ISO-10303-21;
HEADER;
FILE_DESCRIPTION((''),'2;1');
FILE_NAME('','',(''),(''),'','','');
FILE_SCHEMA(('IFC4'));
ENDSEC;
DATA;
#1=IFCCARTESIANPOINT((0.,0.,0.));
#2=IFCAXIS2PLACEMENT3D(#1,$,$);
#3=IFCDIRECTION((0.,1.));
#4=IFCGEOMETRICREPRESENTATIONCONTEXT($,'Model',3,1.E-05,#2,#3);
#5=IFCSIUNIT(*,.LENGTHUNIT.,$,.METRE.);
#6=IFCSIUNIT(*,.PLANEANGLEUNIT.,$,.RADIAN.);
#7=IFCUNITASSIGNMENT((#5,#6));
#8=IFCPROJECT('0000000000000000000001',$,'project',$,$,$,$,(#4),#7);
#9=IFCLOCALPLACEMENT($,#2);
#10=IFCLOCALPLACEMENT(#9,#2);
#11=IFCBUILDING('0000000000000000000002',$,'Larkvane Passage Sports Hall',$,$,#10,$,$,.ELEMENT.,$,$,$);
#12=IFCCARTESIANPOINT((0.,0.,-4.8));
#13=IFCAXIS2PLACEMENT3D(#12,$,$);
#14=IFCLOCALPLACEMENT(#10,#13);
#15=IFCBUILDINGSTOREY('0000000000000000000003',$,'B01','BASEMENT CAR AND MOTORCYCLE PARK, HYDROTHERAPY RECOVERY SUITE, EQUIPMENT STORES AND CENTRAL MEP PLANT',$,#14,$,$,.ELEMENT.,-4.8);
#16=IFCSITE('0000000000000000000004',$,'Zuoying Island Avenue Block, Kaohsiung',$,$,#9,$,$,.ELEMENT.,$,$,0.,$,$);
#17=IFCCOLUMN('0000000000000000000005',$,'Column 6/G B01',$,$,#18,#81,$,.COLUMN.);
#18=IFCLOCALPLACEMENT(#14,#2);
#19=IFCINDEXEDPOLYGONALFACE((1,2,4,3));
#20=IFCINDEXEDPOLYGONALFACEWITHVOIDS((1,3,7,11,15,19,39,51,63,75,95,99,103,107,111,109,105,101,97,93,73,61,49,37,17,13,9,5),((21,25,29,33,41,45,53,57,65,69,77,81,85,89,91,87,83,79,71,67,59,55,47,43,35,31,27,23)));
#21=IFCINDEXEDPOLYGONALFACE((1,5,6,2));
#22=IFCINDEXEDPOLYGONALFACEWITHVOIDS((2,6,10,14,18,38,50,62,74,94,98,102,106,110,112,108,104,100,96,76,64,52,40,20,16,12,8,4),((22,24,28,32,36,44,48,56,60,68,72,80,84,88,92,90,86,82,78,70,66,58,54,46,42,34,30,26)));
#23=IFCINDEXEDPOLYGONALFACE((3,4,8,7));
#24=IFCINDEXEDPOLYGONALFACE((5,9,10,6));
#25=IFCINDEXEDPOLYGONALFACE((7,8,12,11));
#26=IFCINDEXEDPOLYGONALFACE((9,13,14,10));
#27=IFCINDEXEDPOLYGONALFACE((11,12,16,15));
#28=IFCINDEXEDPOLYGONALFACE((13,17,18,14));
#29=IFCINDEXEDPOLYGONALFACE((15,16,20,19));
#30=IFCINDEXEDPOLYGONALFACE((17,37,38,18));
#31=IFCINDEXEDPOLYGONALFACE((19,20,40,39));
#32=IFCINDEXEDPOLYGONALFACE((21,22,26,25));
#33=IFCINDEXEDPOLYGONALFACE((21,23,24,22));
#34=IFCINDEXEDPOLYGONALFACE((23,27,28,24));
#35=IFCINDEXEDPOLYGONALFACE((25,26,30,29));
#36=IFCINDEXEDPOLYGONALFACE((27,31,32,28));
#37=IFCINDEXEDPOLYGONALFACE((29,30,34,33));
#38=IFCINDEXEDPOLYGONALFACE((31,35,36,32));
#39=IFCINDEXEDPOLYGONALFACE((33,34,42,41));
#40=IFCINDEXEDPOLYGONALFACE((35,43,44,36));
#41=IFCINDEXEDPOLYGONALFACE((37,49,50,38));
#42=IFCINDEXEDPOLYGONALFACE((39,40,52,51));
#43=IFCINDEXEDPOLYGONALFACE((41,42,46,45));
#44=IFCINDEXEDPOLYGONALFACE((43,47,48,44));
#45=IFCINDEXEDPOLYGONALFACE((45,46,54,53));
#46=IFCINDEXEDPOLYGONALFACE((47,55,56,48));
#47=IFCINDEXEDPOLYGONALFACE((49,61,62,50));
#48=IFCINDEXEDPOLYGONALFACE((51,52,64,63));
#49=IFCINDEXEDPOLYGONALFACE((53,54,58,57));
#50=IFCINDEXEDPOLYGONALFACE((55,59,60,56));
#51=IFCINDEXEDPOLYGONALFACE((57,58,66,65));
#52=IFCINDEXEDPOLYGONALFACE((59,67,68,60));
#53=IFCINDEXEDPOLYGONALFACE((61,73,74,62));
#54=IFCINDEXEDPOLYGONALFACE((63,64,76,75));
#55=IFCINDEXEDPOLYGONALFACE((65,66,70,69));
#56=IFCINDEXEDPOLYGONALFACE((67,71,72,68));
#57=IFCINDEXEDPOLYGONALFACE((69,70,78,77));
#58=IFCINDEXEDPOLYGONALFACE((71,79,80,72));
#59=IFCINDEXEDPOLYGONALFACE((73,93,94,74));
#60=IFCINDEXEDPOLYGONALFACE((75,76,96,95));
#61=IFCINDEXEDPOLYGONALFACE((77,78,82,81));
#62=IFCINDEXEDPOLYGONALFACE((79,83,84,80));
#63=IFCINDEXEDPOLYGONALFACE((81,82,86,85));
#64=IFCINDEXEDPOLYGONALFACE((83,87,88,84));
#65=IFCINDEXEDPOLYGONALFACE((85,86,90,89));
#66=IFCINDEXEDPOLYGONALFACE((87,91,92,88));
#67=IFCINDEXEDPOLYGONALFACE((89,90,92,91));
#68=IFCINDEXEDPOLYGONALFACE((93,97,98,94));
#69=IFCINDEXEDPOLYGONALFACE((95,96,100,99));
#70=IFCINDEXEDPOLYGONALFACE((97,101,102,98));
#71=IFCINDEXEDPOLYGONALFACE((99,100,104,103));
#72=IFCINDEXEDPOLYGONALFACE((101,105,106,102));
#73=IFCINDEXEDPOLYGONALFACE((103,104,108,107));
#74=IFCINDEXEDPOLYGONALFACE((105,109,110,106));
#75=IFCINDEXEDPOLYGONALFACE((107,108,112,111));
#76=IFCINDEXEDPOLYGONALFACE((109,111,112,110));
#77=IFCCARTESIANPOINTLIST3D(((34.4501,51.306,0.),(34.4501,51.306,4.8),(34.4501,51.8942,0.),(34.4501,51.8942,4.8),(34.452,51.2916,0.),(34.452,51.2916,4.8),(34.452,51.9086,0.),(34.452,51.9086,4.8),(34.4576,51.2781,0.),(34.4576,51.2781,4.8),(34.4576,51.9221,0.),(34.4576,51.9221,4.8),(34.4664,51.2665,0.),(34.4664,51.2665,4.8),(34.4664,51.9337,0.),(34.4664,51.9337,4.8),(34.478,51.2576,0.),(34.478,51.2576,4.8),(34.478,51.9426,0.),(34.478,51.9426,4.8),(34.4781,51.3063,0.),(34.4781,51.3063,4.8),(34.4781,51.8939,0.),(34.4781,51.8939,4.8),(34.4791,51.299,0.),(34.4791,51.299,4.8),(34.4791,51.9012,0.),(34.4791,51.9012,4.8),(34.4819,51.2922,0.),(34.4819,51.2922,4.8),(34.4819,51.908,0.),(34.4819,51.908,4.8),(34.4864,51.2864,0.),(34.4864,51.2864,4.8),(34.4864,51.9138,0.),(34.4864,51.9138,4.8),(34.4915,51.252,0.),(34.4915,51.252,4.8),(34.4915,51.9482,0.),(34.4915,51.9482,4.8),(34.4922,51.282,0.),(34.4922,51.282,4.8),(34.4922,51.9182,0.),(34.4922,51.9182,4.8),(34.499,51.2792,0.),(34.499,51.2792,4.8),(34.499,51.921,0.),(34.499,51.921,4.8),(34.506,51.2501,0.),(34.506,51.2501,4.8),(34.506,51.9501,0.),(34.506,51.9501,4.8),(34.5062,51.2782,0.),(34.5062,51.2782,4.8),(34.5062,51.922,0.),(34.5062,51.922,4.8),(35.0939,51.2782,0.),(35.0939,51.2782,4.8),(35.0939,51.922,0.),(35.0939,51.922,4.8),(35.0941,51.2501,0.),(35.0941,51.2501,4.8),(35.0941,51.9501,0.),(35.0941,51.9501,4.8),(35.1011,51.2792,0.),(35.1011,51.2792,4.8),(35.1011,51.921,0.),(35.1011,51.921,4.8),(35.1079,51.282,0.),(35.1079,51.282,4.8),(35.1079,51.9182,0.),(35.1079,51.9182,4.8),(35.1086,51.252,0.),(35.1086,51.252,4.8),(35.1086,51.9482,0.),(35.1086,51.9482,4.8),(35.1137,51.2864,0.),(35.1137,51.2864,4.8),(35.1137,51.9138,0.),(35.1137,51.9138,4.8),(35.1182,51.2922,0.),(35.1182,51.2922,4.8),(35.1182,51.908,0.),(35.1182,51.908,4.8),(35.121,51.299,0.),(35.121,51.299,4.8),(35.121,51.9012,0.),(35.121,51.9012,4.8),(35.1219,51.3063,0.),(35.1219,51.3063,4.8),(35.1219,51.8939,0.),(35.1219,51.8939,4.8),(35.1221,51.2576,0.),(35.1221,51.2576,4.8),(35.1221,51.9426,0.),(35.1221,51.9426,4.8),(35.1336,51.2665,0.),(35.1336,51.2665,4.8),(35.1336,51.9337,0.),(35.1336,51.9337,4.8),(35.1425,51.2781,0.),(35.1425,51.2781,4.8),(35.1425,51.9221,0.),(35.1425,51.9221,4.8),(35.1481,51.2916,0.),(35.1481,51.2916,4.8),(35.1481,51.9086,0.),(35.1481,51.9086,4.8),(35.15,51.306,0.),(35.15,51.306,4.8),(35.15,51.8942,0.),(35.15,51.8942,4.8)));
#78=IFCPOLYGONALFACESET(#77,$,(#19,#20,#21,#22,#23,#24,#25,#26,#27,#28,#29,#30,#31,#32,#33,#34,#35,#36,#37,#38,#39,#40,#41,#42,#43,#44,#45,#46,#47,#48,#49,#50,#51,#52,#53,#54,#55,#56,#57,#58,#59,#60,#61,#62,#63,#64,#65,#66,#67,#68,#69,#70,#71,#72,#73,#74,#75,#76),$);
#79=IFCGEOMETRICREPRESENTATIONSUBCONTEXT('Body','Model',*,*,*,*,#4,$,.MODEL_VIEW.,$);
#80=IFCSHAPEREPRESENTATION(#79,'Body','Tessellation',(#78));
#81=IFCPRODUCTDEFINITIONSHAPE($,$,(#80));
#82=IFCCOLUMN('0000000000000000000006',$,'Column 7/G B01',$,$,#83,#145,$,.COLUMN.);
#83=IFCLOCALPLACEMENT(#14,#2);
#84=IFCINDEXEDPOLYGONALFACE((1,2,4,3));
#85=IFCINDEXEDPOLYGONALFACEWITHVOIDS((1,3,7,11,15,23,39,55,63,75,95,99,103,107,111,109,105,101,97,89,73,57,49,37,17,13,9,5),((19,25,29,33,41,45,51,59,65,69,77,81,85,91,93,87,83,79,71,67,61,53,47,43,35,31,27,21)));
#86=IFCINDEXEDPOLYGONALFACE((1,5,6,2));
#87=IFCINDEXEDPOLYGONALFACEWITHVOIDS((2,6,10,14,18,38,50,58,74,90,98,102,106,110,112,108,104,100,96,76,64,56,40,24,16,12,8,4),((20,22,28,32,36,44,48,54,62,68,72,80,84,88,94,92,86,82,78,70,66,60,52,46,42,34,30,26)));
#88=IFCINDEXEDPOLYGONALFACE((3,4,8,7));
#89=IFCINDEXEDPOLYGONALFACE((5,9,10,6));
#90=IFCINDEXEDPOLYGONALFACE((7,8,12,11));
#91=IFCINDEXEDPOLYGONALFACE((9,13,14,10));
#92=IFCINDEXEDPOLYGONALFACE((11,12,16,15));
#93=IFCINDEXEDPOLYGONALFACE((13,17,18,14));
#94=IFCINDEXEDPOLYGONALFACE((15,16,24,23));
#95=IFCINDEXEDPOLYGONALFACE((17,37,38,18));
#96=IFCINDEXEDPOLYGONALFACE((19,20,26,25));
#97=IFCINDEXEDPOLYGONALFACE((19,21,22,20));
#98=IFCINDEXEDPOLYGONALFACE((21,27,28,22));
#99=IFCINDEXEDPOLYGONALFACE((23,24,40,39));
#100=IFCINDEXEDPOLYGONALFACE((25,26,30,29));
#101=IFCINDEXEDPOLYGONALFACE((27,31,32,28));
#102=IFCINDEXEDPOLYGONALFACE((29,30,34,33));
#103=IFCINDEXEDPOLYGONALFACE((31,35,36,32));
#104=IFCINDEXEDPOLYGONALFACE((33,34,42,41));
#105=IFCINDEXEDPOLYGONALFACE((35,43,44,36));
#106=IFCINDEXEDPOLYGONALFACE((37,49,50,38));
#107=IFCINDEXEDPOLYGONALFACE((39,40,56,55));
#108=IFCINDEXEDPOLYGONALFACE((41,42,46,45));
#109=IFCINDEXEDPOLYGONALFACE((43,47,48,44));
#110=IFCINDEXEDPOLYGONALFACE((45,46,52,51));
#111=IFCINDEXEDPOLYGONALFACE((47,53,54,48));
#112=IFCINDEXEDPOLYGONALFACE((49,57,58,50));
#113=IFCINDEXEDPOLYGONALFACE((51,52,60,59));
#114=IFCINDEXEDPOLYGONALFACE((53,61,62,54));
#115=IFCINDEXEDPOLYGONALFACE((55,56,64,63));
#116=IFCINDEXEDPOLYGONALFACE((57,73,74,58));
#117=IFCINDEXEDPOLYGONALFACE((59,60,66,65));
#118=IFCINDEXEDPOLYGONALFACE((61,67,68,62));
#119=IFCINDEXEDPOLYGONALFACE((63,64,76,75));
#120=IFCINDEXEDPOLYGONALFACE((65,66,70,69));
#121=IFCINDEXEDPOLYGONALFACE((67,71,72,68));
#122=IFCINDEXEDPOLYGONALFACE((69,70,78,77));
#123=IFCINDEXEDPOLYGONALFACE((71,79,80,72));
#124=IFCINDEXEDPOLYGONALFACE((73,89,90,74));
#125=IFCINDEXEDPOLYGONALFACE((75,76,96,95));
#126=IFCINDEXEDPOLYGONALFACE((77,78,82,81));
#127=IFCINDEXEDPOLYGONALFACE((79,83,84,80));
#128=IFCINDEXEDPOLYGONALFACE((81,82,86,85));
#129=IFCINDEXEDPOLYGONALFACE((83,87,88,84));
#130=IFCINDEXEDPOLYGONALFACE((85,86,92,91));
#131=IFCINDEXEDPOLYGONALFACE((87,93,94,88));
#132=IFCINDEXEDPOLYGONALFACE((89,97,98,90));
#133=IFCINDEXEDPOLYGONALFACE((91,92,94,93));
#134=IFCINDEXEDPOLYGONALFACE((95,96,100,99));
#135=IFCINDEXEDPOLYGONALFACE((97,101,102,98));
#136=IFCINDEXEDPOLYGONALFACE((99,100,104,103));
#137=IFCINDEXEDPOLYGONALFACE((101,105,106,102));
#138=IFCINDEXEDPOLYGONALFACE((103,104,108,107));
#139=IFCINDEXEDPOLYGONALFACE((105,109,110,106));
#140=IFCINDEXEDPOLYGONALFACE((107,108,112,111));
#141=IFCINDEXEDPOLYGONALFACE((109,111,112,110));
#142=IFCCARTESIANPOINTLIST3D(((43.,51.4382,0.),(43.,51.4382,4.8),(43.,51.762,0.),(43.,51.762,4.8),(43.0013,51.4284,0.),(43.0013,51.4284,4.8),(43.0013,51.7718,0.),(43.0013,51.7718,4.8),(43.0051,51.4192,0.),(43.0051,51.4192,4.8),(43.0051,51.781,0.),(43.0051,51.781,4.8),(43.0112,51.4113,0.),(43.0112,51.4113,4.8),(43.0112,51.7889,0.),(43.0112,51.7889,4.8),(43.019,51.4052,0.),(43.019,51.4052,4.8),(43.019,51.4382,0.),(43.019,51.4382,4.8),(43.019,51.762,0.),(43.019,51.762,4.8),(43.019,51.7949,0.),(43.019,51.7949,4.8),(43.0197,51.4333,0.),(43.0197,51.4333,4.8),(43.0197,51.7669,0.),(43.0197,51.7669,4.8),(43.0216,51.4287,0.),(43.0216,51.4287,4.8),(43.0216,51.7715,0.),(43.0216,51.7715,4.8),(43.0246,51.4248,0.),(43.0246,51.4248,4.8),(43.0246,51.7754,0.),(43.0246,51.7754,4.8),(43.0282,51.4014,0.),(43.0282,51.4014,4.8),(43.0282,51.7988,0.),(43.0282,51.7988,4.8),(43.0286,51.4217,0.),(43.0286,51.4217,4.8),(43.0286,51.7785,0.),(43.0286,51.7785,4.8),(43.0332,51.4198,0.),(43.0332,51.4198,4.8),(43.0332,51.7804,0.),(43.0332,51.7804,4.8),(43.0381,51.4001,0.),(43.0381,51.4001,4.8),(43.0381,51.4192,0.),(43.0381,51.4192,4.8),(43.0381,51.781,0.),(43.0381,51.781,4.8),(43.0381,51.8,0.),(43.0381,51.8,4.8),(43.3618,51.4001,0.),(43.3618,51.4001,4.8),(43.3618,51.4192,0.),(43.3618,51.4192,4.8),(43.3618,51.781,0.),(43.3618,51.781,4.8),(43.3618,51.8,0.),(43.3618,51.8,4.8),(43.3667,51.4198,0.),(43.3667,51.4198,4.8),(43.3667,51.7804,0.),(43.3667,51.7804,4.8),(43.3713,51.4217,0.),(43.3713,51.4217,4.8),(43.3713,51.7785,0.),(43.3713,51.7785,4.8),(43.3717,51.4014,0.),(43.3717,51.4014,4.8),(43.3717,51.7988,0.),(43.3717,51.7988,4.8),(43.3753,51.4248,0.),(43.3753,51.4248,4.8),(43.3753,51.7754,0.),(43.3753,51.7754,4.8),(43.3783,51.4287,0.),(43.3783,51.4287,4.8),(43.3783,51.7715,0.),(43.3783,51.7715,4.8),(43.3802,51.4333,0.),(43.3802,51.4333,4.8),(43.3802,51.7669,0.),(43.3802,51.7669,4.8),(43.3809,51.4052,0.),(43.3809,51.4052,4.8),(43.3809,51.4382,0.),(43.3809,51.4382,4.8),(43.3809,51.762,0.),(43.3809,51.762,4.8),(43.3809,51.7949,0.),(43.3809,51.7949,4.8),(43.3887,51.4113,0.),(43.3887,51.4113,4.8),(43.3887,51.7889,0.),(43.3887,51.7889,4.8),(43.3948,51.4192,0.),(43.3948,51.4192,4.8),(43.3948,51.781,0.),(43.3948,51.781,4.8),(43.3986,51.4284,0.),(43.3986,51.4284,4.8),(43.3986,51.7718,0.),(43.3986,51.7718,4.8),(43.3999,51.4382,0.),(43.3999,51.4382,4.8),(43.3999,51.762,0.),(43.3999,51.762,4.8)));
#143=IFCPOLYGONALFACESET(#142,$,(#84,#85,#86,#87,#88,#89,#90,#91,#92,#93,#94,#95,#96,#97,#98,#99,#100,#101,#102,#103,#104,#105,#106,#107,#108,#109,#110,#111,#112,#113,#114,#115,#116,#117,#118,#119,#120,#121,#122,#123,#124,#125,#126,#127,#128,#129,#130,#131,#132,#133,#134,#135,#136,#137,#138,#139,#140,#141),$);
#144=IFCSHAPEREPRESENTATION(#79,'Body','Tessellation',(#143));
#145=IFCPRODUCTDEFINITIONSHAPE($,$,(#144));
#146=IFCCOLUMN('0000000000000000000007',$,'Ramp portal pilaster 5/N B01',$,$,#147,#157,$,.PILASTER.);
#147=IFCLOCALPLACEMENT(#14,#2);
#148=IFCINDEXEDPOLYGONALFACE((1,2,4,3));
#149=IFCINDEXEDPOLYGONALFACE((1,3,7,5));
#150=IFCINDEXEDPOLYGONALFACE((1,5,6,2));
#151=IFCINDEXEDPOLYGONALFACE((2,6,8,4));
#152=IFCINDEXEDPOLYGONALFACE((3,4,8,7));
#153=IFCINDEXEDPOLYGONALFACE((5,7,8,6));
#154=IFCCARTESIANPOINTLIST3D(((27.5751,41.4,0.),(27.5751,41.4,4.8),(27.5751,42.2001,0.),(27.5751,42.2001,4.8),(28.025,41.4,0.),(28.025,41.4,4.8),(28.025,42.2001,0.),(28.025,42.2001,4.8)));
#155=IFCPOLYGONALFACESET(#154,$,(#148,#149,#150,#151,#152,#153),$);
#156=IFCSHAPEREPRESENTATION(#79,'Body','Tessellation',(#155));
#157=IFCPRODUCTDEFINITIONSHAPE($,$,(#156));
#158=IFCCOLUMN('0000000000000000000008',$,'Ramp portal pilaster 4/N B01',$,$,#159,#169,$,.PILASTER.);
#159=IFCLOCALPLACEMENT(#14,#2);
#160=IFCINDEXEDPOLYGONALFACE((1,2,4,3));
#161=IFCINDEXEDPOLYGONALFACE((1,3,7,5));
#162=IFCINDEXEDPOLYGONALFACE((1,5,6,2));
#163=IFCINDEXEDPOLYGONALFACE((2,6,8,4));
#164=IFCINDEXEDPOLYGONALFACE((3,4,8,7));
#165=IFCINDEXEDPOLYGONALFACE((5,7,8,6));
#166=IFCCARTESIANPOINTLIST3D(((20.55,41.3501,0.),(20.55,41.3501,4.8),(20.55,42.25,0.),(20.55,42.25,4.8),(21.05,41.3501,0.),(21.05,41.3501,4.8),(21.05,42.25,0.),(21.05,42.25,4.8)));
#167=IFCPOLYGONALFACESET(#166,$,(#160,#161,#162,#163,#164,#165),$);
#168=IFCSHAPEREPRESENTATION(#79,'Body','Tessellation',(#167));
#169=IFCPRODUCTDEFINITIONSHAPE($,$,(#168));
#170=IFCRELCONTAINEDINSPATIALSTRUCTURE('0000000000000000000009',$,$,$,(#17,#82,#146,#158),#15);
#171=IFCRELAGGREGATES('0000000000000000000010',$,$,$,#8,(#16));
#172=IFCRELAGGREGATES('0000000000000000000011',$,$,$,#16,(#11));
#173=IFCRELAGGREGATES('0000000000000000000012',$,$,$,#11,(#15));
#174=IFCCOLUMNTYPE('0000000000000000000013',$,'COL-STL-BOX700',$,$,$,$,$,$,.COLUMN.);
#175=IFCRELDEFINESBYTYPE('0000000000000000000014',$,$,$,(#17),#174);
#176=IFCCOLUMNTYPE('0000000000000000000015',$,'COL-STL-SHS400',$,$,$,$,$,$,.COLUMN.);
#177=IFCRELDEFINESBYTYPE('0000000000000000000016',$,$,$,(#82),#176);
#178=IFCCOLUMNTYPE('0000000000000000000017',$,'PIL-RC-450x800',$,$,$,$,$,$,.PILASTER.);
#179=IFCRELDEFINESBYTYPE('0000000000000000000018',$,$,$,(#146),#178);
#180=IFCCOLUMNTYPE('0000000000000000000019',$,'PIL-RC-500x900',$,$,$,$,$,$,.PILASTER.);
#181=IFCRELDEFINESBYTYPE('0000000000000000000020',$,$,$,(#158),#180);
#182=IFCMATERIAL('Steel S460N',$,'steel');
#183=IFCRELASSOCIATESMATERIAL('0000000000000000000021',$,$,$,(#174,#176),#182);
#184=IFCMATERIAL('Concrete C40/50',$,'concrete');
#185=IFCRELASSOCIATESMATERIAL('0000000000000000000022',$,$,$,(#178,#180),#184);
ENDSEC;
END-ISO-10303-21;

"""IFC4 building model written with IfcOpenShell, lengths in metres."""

from ifc_helpers import new_model, si_unit, direction, frame, origin, origin_2d, place, context, subcontext, project, spatial, rectangle, hollow_rectangle, extrude, material, material_profile, profile_set, type_object, element, save


model = new_model("IFC4")

# Units and contexts
model_context = context("Model", 3, precision=1e-05, world=origin(), true_north=direction((0.0, 1.0)))
body_context = subcontext(model_context, "Body", "Model", "MODEL_VIEW")
ifc_project = project(units=[si_unit("LENGTHUNIT", "METRE"), si_unit("PLANEANGLEUNIT", "RADIAN")], contexts=[model_context])

# Site, building, storey
site_placement = place(None, origin())
site = spatial("IfcSite", under=ifc_project, at=site_placement, Name="Zuoying Island Avenue Block, Kaohsiung", CompositionType="ELEMENT", RefElevation=0.0)
building_placement = place(site_placement, origin())
building = spatial("IfcBuilding", under=site, at=building_placement, Name="Larkvane Passage Sports Hall", CompositionType="ELEMENT")
storey_placement = place(building_placement, frame((0.0, 0.0, -4.8)))
storey = spatial("IfcBuildingStorey", under=building, at=storey_placement, Name="B01", Description="BASEMENT CAR AND MOTORCYCLE PARK, HYDROTHERAPY RECOVERY SUITE, EQUIPMENT STORES AND CENTRAL MEP PLANT", CompositionType="ELEMENT", Elevation=-4.8)

# Shared definitions
ifc_material_1 = material(Name="Concrete C40/50", Category="concrete")

# Columns
ifc_material_2 = material(Name="Steel S460N", Category="steel")
ifc_material_profile_1 = material_profile(ifc_material_2, hollow_rectangle(XDim=0.7, YDim=0.7, WallThickness=0.0281, InnerFilletRadius=0.0281, OuterFilletRadius=0.0559, at=origin_2d()), Name="BOX-700x700x28")
ifc_profile_set_1 = profile_set([ifc_material_profile_1], Name="Steel S460N")
column_type_1 = type_object("IfcColumnType", Name="COL-STL-BOX700", PredefinedType="COLUMN", material=ifc_profile_set_1)
column_1_placement = place(storey_placement, frame((34.8, 51.6001, 0.0), z_axis=(0.0, 0.0, 1.0), x_axis=(1.0, 0.0, 0.0)))
element("IfcColumn", 1, at=column_1_placement, inside=storey, type_object=column_type_1, Name="Column 6/G B01", PredefinedType="COLUMN", context=body_context, shape_type="SweptSolid", body=[
    extrude(hollow_rectangle(XDim=0.7, YDim=0.7, WallThickness=0.0281, InnerFilletRadius=0.0281, OuterFilletRadius=0.0559, at=origin_2d()), origin(), (0.0, 0.0, 1.0), 4.8),
])
ifc_material_profile_2 = material_profile(ifc_material_2, hollow_rectangle(XDim=0.3999, YDim=0.3999, WallThickness=0.019, InnerFilletRadius=0.019, OuterFilletRadius=0.0381, at=origin_2d()), Name="SHS-400x400x19")
ifc_profile_set_2 = profile_set([ifc_material_profile_2], Name="Steel S460N")
column_type_2 = type_object("IfcColumnType", Name="COL-STL-SHS400", PredefinedType="COLUMN", material=ifc_profile_set_2)
column_2_placement = place(storey_placement, frame((43.2, 51.6001, 0.0), z_axis=(0.0, 0.0, 1.0), x_axis=(1.0, 0.0, 0.0)))
element("IfcColumn", 2, at=column_2_placement, inside=storey, type_object=column_type_2, Name="Column 7/G B01", PredefinedType="COLUMN", context=body_context, shape_type="SweptSolid", body=[
    extrude(hollow_rectangle(XDim=0.3999, YDim=0.3999, WallThickness=0.019, InnerFilletRadius=0.019, OuterFilletRadius=0.0381, at=origin_2d()), origin(), (0.0, 0.0, 1.0), 4.8),
])
ifc_material_profile_3 = material_profile(ifc_material_1, rectangle(XDim=0.45, YDim=0.8, at=origin_2d()), Name="RC-PIL-450x800")
ifc_profile_set_3 = profile_set([ifc_material_profile_3], Name="Concrete C40/50")
column_type_3 = type_object("IfcColumnType", Name="PIL-RC-450x800", PredefinedType="PILASTER", material=ifc_profile_set_3)
column_3_placement = place(storey_placement, frame((27.8, 41.8, 0.0), z_axis=(0.0, 0.0, 1.0), x_axis=(1.0, 0.0, 0.0)))
element("IfcColumn", 3, at=column_3_placement, inside=storey, type_object=column_type_3, Name="Ramp portal pilaster 5/N B01", PredefinedType="PILASTER", context=body_context, shape_type="SweptSolid", body=[
    extrude(rectangle(XDim=0.45, YDim=0.8, at=origin_2d()), origin(), (0.0, 0.0, 1.0), 4.8),
])
ifc_material_profile_4 = material_profile(ifc_material_1, rectangle(XDim=0.5, YDim=0.8999, at=origin_2d()), Name="RC-PIL-500x900")
ifc_profile_set_4 = profile_set([ifc_material_profile_4], Name="Concrete C40/50")
column_type_4 = type_object("IfcColumnType", Name="PIL-RC-500x900", PredefinedType="PILASTER", material=ifc_profile_set_4)
column_4_placement = place(storey_placement, frame((20.8, 41.8, 0.0), z_axis=(0.0, 0.0, 1.0), x_axis=(1.0, 0.0, 0.0)))
element("IfcColumn", 4, at=column_4_placement, inside=storey, type_object=column_type_4, Name="Ramp portal pilaster 4/N B01", PredefinedType="PILASTER", context=body_context, shape_type="SweptSolid", body=[
    extrude(rectangle(XDim=0.5, YDim=0.8999, at=origin_2d()), origin(), (0.0, 0.0, 1.0), 4.8),
])

save(model, "model.ifc")
